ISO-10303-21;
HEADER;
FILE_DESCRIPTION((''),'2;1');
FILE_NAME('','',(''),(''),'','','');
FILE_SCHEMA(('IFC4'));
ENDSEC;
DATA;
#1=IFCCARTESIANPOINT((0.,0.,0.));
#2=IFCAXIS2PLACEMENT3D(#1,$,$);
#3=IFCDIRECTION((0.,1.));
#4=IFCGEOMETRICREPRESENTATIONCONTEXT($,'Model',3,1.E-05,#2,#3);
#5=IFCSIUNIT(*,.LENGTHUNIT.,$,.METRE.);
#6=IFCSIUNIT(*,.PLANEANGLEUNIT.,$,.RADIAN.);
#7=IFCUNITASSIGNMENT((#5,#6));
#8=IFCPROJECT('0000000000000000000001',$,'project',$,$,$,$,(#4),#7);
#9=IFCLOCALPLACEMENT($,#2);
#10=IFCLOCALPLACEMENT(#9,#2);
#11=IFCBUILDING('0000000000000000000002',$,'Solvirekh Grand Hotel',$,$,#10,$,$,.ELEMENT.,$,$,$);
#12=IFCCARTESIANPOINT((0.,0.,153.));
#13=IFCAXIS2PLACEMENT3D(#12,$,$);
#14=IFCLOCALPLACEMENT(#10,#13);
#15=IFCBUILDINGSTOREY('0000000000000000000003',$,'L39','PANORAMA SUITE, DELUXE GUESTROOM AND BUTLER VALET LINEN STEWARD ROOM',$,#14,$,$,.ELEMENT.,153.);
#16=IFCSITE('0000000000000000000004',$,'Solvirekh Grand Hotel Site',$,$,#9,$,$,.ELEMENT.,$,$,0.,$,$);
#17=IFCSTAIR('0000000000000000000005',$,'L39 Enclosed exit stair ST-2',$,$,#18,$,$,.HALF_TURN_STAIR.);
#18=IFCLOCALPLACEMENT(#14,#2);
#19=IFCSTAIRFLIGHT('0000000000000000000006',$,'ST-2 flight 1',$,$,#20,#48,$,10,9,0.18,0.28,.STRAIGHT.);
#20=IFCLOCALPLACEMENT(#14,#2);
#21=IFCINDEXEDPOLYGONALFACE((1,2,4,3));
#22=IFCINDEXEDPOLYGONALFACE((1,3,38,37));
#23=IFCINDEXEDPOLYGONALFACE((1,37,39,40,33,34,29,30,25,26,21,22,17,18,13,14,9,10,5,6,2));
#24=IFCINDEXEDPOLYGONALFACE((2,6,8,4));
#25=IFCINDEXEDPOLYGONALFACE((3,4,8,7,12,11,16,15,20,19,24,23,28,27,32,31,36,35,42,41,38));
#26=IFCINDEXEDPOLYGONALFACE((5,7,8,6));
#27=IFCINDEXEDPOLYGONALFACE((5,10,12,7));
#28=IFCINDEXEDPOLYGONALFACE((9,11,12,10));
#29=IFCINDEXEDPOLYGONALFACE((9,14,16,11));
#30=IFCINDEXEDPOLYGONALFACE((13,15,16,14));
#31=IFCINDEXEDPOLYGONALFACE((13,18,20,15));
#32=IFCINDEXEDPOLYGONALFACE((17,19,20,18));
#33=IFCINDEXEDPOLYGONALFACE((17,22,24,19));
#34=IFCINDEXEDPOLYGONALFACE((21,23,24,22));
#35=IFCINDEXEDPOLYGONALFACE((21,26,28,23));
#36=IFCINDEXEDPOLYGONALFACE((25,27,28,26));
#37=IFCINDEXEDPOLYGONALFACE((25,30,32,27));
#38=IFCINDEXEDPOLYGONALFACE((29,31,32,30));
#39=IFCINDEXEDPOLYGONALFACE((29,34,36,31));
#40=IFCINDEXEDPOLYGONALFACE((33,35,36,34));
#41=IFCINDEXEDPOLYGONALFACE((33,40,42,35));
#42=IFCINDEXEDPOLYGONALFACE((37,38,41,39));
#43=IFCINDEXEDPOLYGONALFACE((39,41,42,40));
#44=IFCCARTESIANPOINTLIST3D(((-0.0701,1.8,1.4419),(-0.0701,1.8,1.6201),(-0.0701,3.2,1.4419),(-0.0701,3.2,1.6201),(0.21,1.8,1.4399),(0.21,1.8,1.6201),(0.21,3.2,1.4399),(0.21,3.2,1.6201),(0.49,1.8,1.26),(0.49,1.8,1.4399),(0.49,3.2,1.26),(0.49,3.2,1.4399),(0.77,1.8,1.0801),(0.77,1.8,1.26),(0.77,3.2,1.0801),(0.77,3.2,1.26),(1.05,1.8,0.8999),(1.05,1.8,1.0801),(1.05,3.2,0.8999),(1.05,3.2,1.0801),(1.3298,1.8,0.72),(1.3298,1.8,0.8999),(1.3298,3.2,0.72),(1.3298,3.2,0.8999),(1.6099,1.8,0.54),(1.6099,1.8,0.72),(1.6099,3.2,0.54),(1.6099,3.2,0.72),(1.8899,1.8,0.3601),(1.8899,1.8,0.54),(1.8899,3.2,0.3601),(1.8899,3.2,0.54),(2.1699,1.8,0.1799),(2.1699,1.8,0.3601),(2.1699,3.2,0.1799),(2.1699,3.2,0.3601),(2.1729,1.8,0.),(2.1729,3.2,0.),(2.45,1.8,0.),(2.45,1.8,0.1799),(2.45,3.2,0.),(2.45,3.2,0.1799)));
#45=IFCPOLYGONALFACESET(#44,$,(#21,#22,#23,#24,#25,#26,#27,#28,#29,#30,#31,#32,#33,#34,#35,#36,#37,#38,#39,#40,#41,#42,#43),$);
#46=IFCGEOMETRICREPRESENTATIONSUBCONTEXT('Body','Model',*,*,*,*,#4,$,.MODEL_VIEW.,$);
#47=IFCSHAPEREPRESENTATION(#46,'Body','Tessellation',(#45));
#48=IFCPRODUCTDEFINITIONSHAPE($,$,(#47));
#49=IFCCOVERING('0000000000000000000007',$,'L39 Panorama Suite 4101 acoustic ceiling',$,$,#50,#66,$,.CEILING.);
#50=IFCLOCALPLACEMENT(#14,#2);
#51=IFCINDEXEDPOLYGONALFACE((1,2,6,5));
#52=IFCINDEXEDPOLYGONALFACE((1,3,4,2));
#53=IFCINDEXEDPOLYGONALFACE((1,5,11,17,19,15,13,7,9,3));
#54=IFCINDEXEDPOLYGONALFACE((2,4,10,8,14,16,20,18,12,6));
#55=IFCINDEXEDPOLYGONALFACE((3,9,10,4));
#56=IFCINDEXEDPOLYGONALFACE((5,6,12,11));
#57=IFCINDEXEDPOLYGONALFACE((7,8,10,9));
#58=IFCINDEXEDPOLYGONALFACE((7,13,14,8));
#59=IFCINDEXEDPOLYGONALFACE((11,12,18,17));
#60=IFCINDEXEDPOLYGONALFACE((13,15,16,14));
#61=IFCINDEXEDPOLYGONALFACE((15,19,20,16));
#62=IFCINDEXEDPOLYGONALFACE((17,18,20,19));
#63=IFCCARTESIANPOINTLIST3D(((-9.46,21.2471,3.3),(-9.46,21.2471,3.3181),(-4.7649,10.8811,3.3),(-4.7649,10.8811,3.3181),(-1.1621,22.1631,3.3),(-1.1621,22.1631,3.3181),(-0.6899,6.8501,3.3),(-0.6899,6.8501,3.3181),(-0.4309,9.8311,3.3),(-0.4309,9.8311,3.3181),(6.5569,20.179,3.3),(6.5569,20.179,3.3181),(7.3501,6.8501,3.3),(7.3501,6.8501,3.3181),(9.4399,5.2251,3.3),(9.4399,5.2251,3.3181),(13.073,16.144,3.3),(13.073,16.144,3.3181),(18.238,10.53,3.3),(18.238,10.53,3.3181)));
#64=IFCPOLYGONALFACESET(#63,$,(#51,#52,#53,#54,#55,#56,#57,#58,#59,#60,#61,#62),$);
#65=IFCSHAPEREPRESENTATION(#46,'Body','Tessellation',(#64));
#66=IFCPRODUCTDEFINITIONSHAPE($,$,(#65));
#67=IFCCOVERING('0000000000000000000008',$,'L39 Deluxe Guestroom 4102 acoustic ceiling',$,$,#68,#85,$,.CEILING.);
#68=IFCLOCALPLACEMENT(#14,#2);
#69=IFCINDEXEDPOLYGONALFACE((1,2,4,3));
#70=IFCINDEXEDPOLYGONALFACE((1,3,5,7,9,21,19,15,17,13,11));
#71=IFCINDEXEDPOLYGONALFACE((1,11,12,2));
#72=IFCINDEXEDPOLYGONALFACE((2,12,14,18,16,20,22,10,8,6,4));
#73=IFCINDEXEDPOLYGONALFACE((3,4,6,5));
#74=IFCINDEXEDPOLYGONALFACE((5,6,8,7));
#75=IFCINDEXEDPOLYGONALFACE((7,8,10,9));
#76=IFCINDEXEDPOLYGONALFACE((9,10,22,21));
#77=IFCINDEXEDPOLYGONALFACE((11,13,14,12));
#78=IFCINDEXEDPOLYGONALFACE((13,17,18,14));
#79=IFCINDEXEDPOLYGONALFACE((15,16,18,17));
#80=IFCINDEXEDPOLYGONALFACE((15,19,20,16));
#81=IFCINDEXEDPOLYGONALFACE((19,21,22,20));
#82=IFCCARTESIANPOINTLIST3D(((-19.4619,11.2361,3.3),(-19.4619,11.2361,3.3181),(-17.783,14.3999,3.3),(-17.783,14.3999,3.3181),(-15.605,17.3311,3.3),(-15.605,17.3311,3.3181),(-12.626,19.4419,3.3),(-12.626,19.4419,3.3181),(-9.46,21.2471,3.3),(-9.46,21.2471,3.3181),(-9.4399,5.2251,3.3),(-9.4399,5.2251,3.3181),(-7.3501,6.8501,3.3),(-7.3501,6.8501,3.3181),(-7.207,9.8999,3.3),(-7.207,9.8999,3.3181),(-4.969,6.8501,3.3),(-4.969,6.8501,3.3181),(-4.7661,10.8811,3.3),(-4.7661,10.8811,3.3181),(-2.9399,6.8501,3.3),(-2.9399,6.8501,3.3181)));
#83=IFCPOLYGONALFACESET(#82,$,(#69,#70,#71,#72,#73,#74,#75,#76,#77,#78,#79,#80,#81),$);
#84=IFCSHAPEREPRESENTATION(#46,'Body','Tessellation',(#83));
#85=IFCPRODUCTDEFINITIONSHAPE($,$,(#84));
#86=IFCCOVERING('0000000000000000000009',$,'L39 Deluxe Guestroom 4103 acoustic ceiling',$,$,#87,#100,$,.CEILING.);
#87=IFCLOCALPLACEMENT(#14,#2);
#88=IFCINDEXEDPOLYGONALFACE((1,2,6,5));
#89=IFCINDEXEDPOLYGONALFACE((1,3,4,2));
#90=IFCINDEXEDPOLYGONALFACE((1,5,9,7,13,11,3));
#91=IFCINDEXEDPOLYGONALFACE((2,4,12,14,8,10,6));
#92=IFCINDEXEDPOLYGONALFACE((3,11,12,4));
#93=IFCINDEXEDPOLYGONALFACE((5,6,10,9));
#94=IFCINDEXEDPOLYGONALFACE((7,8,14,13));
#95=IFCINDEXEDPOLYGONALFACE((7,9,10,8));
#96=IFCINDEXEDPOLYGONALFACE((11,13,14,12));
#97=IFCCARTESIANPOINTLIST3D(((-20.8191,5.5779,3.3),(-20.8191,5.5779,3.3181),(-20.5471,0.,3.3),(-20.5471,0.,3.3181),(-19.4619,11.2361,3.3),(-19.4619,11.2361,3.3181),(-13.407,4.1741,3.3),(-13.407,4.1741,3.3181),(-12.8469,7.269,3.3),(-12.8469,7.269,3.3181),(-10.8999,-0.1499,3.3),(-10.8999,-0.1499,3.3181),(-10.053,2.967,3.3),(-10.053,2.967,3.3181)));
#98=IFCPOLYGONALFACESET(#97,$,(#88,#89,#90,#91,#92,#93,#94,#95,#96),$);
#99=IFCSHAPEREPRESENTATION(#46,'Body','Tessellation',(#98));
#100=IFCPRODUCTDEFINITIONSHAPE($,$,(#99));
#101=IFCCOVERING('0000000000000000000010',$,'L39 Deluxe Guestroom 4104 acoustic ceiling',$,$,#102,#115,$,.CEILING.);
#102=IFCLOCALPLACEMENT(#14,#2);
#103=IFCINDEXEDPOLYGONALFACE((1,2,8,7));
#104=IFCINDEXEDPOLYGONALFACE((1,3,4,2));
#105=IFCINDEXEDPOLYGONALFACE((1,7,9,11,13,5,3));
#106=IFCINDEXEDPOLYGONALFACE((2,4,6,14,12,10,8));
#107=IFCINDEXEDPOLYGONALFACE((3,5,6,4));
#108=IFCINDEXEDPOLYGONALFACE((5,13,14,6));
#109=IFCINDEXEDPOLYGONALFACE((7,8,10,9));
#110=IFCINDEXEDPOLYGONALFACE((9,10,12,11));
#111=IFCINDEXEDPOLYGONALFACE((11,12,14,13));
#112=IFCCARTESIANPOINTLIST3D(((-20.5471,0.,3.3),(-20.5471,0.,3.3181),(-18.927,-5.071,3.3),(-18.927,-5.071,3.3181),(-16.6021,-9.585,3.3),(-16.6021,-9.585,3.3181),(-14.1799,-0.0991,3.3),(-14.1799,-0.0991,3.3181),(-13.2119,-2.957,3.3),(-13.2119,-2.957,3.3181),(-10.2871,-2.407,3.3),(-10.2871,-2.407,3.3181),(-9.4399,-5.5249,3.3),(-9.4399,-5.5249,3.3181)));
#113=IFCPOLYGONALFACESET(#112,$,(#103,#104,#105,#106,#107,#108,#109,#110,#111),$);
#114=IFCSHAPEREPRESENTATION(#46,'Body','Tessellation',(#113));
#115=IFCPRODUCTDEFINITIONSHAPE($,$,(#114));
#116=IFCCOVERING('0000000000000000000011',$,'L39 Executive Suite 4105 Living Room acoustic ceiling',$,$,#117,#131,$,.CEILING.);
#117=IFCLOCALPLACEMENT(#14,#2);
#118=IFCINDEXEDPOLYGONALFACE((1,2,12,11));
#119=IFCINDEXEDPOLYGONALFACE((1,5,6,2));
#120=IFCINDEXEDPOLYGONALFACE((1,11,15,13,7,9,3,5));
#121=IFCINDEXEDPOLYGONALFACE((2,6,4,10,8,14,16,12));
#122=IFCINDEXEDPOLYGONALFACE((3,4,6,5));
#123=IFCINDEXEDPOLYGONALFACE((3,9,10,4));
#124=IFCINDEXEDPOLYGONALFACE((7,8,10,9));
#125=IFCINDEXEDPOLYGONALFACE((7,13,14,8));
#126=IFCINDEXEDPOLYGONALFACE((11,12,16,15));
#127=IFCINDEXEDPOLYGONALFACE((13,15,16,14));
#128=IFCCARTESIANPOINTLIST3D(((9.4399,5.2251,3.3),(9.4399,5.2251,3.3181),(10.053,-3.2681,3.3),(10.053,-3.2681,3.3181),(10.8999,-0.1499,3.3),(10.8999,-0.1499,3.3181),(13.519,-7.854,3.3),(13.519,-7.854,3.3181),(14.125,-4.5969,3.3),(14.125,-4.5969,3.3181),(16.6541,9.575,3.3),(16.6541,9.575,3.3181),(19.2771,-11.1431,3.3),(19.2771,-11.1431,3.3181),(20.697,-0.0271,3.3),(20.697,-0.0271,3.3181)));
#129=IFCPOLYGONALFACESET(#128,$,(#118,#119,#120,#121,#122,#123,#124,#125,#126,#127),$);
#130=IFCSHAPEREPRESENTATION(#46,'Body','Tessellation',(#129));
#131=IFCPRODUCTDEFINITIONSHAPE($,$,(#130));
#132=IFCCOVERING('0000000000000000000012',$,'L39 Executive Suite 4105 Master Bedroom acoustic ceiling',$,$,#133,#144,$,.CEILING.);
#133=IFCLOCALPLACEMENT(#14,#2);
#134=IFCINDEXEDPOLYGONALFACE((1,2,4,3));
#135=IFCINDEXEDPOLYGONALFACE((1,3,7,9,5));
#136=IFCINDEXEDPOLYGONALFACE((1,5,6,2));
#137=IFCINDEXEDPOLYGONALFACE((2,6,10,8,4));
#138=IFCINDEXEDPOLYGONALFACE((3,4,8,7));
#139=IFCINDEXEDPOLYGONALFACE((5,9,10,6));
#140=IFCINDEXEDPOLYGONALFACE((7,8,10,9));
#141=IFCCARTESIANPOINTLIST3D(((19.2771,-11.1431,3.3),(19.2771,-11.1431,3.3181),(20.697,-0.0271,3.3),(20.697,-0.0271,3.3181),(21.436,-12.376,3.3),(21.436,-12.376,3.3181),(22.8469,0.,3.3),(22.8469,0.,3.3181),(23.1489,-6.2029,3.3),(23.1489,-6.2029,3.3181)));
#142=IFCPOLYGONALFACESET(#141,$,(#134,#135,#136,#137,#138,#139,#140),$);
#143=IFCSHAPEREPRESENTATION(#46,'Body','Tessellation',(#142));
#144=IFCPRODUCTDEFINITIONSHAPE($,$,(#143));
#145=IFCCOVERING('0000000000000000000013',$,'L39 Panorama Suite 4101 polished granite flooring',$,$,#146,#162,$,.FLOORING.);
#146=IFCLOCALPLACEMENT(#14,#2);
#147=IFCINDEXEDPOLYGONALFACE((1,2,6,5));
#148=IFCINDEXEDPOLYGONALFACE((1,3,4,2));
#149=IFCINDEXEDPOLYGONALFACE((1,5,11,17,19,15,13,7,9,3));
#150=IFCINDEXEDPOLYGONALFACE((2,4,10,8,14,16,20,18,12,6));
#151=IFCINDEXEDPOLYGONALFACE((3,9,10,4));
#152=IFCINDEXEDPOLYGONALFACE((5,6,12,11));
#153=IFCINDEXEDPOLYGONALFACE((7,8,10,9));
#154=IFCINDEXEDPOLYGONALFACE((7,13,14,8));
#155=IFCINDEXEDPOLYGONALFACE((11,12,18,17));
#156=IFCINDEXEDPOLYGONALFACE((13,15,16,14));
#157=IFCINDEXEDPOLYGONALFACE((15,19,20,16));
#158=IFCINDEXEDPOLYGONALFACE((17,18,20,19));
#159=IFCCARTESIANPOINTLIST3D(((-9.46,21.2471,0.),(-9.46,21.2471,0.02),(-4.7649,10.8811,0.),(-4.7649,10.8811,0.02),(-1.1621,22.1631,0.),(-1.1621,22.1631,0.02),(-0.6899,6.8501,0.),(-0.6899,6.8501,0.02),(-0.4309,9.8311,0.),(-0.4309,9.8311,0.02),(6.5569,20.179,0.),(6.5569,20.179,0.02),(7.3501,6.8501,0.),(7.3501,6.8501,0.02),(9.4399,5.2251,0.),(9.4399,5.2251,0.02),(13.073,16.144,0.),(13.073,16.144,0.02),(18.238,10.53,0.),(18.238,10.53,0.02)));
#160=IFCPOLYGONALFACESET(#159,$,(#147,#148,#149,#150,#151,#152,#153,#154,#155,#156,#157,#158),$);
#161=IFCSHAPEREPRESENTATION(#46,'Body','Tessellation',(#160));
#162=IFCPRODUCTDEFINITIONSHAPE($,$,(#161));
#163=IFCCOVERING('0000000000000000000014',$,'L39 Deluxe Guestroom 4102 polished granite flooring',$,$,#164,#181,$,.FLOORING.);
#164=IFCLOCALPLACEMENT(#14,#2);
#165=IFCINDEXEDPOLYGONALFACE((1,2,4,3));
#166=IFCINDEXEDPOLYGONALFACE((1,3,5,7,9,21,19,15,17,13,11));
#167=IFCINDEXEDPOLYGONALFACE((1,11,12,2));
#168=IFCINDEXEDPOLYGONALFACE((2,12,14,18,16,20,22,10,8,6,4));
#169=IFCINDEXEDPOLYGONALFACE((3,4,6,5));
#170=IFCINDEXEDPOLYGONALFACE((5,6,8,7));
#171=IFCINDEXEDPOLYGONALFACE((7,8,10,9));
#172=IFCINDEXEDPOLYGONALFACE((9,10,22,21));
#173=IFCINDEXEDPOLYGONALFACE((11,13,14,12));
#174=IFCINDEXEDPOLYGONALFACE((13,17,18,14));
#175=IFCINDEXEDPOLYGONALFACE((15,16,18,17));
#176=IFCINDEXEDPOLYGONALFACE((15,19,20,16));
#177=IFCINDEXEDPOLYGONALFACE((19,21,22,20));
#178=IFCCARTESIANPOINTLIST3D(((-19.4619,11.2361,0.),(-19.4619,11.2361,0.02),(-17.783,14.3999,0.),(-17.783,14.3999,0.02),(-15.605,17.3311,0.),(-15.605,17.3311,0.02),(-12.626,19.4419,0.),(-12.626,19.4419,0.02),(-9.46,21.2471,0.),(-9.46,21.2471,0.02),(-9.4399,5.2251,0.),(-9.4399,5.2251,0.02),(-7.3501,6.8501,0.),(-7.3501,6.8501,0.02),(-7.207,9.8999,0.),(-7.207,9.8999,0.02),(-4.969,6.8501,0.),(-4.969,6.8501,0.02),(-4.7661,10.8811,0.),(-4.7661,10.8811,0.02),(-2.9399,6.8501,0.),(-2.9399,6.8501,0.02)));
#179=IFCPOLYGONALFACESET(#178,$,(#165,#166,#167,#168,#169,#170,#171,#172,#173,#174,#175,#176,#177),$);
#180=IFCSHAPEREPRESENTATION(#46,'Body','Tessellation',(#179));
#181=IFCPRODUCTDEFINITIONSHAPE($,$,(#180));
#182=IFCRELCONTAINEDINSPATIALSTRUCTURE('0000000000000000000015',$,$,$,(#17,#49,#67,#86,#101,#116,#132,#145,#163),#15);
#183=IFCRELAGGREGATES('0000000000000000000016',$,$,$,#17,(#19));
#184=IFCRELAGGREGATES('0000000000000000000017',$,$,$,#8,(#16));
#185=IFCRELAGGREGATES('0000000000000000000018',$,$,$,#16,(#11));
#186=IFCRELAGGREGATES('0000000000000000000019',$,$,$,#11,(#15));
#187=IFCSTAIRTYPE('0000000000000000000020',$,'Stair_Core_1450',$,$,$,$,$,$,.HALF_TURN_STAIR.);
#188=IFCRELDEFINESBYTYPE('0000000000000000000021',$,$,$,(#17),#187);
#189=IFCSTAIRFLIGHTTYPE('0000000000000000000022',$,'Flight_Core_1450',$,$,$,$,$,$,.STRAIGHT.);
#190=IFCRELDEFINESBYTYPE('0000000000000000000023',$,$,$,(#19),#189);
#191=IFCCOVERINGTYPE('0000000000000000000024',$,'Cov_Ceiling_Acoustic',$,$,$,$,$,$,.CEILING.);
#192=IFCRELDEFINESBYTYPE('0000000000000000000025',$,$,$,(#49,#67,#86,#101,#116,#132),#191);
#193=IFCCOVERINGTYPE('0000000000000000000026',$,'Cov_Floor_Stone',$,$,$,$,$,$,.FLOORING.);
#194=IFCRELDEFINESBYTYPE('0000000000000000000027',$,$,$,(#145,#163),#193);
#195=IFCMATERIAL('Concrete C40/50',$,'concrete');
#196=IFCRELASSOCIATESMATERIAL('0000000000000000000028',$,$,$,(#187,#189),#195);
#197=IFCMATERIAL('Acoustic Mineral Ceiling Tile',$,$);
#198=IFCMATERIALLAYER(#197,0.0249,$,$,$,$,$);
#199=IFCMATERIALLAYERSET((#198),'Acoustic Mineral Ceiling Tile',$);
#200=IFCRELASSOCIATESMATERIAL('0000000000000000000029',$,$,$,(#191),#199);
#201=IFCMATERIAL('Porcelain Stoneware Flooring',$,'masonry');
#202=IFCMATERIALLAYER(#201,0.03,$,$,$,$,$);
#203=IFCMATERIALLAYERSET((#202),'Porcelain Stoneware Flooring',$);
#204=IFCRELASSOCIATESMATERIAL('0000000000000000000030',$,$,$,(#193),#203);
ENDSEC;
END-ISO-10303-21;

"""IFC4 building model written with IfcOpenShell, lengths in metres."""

from ifc_helpers import new_model, si_unit, direction, frame, origin, place, context, subcontext, project, spatial, polyline, outline, extrude, material, layer, layer_set, type_object, element, aggregate, save


model = new_model("IFC4")

# Units and contexts
model_context = context("Model", 3, precision=1e-05, world=origin(), true_north=direction((0.0, 1.0)))
body_context = subcontext(model_context, "Body", "Model", "MODEL_VIEW")
ifc_project = project(units=[si_unit("LENGTHUNIT", "METRE"), si_unit("PLANEANGLEUNIT", "RADIAN")], contexts=[model_context])

# Site, building, storey
site_placement = place(None, origin())
site = spatial("IfcSite", under=ifc_project, at=site_placement, Name="Solvirekh Grand Hotel Site", CompositionType="ELEMENT", RefElevation=0.0)
building_placement = place(site_placement, origin())
building = spatial("IfcBuilding", under=site, at=building_placement, Name="Solvirekh Grand Hotel", CompositionType="ELEMENT")
storey_placement = place(building_placement, frame((0.0, 0.0, 153.0)))
storey = spatial("IfcBuildingStorey", under=building, at=storey_placement, Name="L39", Description="PANORAMA SUITE, DELUXE GUESTROOM AND BUTLER VALET LINEN STEWARD ROOM", CompositionType="ELEMENT", Elevation=153.0)

# Shared definitions
ifc_material_1 = material(Name="Concrete C40/50", Category="concrete")

# Stair, stair flight
stair_type = type_object("IfcStairType", Name="Stair_Core_1450", PredefinedType="HALF_TURN_STAIR", material=ifc_material_1)
stair_placement = place(storey_placement, origin())
stair = element("IfcStair", 1, at=stair_placement, inside=storey, type_object=stair_type, Name="L39 Enclosed exit stair ST-2", PredefinedType="HALF_TURN_STAIR")
stair_flight_type = type_object("IfcStairFlightType", Name="Flight_Core_1450", PredefinedType="STRAIGHT", material=ifc_material_1)
stair_flight_placement = place(storey_placement, frame((2.45, 2.5, 0.0), z_axis=(0.0, 0.0, 1.0), x_axis=(-1.0, 0.0, 0.0)))
stair_flight = element("IfcStairFlight", 2, at=stair_flight_placement, type_object=stair_flight_type, Name="ST-2 flight 1", NumberOfRisers=10, NumberOfTreads=9, PredefinedType="STRAIGHT", RiserHeight=0.18, TreadLength=0.28, context=body_context, shape_type="SweptSolid", body=[
    extrude(outline(polyline([(0.0, 0.0), (0.0, 0.1799), (0.28, 0.1799), (0.28, 0.3601), (0.5601, 0.3601), (0.5601, 0.54), (0.8401, 0.54), (0.8401, 0.72), (1.1201, 0.72), (1.1201, 0.8999), (1.3999, 0.8999), (1.3999, 1.0801), (1.6799, 1.0801), (1.6799, 1.26), (1.96, 1.26), (1.96, 1.4399), (2.24, 1.4399), (2.24, 1.6201), (2.52, 1.6201), (2.52, 1.8), (2.52, 1.4419), (0.2771, 0.0), (0.0, 0.0)])), frame((0.0, 0.7, 0.0), z_axis=(0.0, -1.0, 0.0), x_axis=(1.0, 0.0, 0.0)), (0.0, 0.0, 1.0), 1.3999),
])
aggregate(stair, [stair_flight])

# Coverings
ifc_material_2 = material(Name="Acoustic Mineral Ceiling Tile")
ifc_layer_1 = layer(ifc_material_2, 0.0249)
ifc_layer_set_1 = layer_set([ifc_layer_1], Name="Acoustic Mineral Ceiling Tile")
covering_type_1 = type_object("IfcCoveringType", Name="Cov_Ceiling_Acoustic", PredefinedType="CEILING", material=ifc_layer_set_1)
covering_1_placement = place(storey_placement, frame((0.0, 0.0, 3.3)))
element("IfcCovering", 3, at=covering_1_placement, inside=storey, type_object=covering_type_1, Name="L39 Panorama Suite 4101 acoustic ceiling", PredefinedType="CEILING", context=body_context, shape_type="SweptSolid", body=[
    extrude(outline(polyline([(-4.7649, 10.8811), (-0.4309, 9.8311), (-0.6899, 6.8501), (7.3501, 6.8501), (9.4399, 5.2251), (18.238, 10.53), (13.073, 16.144), (6.5569, 20.179), (-1.1621, 22.1631), (-9.46, 21.2471), (-4.7649, 10.8811)])), origin(), (0.0, 0.0, 1.0), 0.0181),
])
covering_2_placement = place(storey_placement, frame((0.0, 0.0, 3.3)))
element("IfcCovering", 4, at=covering_2_placement, inside=storey, type_object=covering_type_1, Name="L39 Deluxe Guestroom 4102 acoustic ceiling", PredefinedType="CEILING", context=body_context, shape_type="SweptSolid", body=[
    extrude(outline(polyline([(-4.969, 6.8501), (-7.207, 9.8999), (-4.7661, 10.8811), (-2.9399, 6.8501), (-9.46, 21.2471), (-12.626, 19.4419), (-15.605, 17.3311), (-17.783, 14.3999), (-19.4619, 11.2361), (-9.4399, 5.2251), (-7.3501, 6.8501), (-4.969, 6.8501)])), origin(), (0.0, 0.0, 1.0), 0.0181),
])
covering_3_placement = place(storey_placement, frame((0.0, 0.0, 3.3)))
element("IfcCovering", 5, at=covering_3_placement, inside=storey, type_object=covering_type_1, Name="L39 Deluxe Guestroom 4103 acoustic ceiling", PredefinedType="CEILING", context=body_context, shape_type="SweptSolid", body=[
    extrude(outline(polyline([(-13.407, 4.1741), (-12.8469, 7.269), (-19.4619, 11.2361), (-20.8191, 5.5779), (-20.5471, 0.0), (-10.8999, -0.1499), (-10.053, 2.967), (-13.407, 4.1741)])), origin(), (0.0, 0.0, 1.0), 0.0181),
])
covering_4_placement = place(storey_placement, frame((0.0, 0.0, 3.3)))
element("IfcCovering", 6, at=covering_4_placement, inside=storey, type_object=covering_type_1, Name="L39 Deluxe Guestroom 4104 acoustic ceiling", PredefinedType="CEILING", context=body_context, shape_type="SweptSolid", body=[
    extrude(outline(polyline([(-13.2119, -2.957), (-14.1799, -0.0991), (-20.5471, 0.0), (-18.927, -5.071), (-16.6021, -9.585), (-9.4399, -5.5249), (-10.2871, -2.407), (-13.2119, -2.957)])), origin(), (0.0, 0.0, 1.0), 0.0181),
])
covering_5_placement = place(storey_placement, frame((0.0, 0.0, 3.3)))
element("IfcCovering", 7, at=covering_5_placement, inside=storey, type_object=covering_type_1, Name="L39 Executive Suite 4105 Living Room acoustic ceiling", PredefinedType="CEILING", context=body_context, shape_type="SweptSolid", body=[
    extrude(outline(polyline([(14.125, -4.5969), (13.519, -7.854), (19.2771, -11.1431), (20.697, -0.0271), (16.6541, 9.575), (9.4399, 5.2251), (10.8999, -0.1499), (10.053, -3.2681), (14.125, -4.5969)])), origin(), (0.0, 0.0, 1.0), 0.0181),
])
covering_6_placement = place(storey_placement, frame((0.0, 0.0, 3.3)))
element("IfcCovering", 8, at=covering_6_placement, inside=storey, type_object=covering_type_1, Name="L39 Executive Suite 4105 Master Bedroom acoustic ceiling", PredefinedType="CEILING", context=body_context, shape_type="SweptSolid", body=[
    extrude(outline(polyline([(21.436, -12.376), (23.1489, -6.2029), (22.8469, 0.0), (20.697, -0.0271), (19.2771, -11.1431), (21.436, -12.376)])), origin(), (0.0, 0.0, 1.0), 0.0181),
])
ifc_material_3 = material(Name="Porcelain Stoneware Flooring", Category="masonry")
ifc_layer_2 = layer(ifc_material_3, 0.03)
ifc_layer_set_2 = layer_set([ifc_layer_2], Name="Porcelain Stoneware Flooring")
covering_type_2 = type_object("IfcCoveringType", Name="Cov_Floor_Stone", PredefinedType="FLOORING", material=ifc_layer_set_2)
covering_7_placement = place(storey_placement, origin())
element("IfcCovering", 9, at=covering_7_placement, inside=storey, type_object=covering_type_2, Name="L39 Panorama Suite 4101 polished granite flooring", PredefinedType="FLOORING", context=body_context, shape_type="SweptSolid", body=[
    extrude(outline(polyline([(-4.7649, 10.8811), (-0.4309, 9.8311), (-0.6899, 6.8501), (7.3501, 6.8501), (9.4399, 5.2251), (18.238, 10.53), (13.073, 16.144), (6.5569, 20.179), (-1.1621, 22.1631), (-9.46, 21.2471), (-4.7649, 10.8811)])), origin(), (0.0, 0.0, 1.0), 0.02),
])
covering_8_placement = place(storey_placement, origin())
element("IfcCovering", 10, at=covering_8_placement, inside=storey, type_object=covering_type_2, Name="L39 Deluxe Guestroom 4102 polished granite flooring", PredefinedType="FLOORING", context=body_context, shape_type="SweptSolid", body=[
    extrude(outline(polyline([(-4.969, 6.8501), (-7.207, 9.8999), (-4.7661, 10.8811), (-2.9399, 6.8501), (-9.46, 21.2471), (-12.626, 19.4419), (-15.605, 17.3311), (-17.783, 14.3999), (-19.4619, 11.2361), (-9.4399, 5.2251), (-7.3501, 6.8501), (-4.969, 6.8501)])), origin(), (0.0, 0.0, 1.0), 0.02),
])

save(model, "model.ifc")
